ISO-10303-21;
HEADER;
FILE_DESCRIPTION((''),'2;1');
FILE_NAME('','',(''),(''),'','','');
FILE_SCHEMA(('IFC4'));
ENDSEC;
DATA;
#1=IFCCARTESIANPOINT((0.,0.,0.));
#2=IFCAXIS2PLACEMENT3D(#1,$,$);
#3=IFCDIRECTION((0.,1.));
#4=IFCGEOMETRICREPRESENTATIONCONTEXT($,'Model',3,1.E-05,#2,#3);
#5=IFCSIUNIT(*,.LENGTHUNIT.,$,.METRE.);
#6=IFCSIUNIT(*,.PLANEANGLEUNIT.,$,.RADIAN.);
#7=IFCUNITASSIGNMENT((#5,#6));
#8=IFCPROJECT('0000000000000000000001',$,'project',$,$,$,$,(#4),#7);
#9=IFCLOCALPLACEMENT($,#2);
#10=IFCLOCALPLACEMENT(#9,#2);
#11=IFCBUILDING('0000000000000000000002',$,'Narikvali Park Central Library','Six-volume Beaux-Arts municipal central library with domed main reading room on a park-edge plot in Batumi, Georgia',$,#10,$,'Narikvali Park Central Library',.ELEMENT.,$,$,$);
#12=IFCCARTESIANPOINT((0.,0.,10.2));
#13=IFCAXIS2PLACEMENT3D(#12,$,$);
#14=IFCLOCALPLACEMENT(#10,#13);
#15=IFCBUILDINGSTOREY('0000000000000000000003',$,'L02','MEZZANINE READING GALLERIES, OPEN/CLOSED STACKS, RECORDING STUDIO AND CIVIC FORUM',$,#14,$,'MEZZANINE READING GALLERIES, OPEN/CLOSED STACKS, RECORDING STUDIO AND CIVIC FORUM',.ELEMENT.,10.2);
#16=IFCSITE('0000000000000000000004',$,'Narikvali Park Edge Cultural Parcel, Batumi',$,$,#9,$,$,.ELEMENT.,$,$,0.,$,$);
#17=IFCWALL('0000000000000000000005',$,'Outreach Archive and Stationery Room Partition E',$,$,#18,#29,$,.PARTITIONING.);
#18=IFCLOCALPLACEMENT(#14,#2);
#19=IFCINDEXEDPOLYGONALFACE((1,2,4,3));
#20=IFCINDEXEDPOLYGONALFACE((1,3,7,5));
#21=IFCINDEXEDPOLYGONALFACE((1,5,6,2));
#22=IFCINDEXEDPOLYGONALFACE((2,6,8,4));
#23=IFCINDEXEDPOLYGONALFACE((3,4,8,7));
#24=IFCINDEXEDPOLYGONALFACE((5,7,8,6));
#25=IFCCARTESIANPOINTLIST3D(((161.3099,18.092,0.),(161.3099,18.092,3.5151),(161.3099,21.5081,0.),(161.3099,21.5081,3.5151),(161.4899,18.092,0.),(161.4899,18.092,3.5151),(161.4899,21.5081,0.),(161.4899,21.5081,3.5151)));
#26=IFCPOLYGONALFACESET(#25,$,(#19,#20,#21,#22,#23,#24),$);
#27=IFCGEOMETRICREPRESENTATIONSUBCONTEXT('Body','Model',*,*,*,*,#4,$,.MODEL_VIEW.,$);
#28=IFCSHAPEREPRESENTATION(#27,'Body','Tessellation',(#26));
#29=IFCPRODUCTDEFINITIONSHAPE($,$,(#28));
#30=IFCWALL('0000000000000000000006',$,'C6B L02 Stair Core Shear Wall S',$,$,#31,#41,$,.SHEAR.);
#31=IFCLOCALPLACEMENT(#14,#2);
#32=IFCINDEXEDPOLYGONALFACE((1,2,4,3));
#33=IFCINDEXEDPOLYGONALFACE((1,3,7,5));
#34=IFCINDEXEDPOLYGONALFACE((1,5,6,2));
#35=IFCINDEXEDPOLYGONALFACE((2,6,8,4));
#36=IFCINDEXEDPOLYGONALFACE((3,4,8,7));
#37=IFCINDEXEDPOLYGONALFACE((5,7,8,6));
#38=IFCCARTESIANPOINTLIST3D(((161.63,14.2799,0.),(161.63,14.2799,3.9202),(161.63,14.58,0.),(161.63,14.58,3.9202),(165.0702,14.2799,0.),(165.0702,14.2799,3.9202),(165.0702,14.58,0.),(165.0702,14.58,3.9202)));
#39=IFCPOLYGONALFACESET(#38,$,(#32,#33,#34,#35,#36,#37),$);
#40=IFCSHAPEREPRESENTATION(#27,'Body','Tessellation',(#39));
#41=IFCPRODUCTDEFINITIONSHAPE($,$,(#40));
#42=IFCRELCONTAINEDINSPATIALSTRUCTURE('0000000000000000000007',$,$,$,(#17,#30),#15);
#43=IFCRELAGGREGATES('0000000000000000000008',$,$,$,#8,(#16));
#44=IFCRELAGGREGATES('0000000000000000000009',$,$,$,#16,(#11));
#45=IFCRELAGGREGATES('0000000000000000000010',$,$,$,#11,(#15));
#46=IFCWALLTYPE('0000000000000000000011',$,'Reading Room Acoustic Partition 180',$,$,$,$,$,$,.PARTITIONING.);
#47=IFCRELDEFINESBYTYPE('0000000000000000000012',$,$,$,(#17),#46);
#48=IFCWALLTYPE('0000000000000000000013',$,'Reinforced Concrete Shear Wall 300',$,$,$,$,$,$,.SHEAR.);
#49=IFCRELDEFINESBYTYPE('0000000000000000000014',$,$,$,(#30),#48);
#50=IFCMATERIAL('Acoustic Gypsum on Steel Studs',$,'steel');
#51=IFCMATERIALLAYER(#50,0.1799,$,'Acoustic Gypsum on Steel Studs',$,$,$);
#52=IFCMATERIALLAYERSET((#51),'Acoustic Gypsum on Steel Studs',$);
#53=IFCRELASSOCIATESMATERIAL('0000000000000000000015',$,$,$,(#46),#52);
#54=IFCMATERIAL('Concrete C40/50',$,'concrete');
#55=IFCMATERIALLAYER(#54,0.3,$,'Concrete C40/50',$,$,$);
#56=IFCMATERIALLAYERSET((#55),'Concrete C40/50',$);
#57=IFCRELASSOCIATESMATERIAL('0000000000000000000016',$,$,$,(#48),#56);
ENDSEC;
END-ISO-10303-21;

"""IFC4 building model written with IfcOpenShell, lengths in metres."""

from ifc_helpers import new_model, si_unit, direction, frame, frame_2d, origin, place, context, subcontext, project, spatial, rectangle, extrude, material, layer, layer_set, type_object, element, save


model = new_model("IFC4")

# Units and contexts
model_context = context("Model", 3, precision=1e-05, world=origin(), true_north=direction((0.0, 1.0)))
body_context = subcontext(model_context, "Body", "Model", "MODEL_VIEW")
ifc_project = project(units=[si_unit("LENGTHUNIT", "METRE"), si_unit("PLANEANGLEUNIT", "RADIAN")], contexts=[model_context])

# Site, building, storey
site_placement = place(None, origin())
site = spatial("IfcSite", under=ifc_project, at=site_placement, Name="Narikvali Park Edge Cultural Parcel, Batumi", CompositionType="ELEMENT", RefElevation=0.0)
building_placement = place(site_placement, origin())
building = spatial("IfcBuilding", under=site, at=building_placement, Name="Narikvali Park Central Library", Description="Six-volume Beaux-Arts municipal central library with domed main reading room on a park-edge plot in Batumi, Georgia", LongName="Narikvali Park Central Library", CompositionType="ELEMENT")
storey_placement = place(building_placement, frame((0.0, 0.0, 10.2)))
storey = spatial("IfcBuildingStorey", under=building, at=storey_placement, Name="L02", Description="MEZZANINE READING GALLERIES, OPEN/CLOSED STACKS, RECORDING STUDIO AND CIVIC FORUM", LongName="MEZZANINE READING GALLERIES, OPEN/CLOSED STACKS, RECORDING STUDIO AND CIVIC FORUM", CompositionType="ELEMENT", Elevation=10.2)

# Walls
ifc_material_1 = material(Name="Acoustic Gypsum on Steel Studs", Category="steel")
ifc_layer_1 = layer(ifc_material_1, 0.1799, Name="Acoustic Gypsum on Steel Studs")
ifc_layer_set_1 = layer_set([ifc_layer_1], Name="Acoustic Gypsum on Steel Studs")
wall_type_1 = type_object("IfcWallType", Name="Reading Room Acoustic Partition 180", PredefinedType="PARTITIONING", material=ifc_layer_set_1)
wall_1_placement = place(storey_placement, frame((161.3999, 18.092, 0.0), z_axis=(0.0, 0.0, 1.0), x_axis=(0.0, 1.0, 0.0)))
element("IfcWall", 1, at=wall_1_placement, inside=storey, type_object=wall_type_1, Name="Outreach Archive and Stationery Room Partition E", PredefinedType="PARTITIONING", context=body_context, shape_type="SweptSolid", body=[
    extrude(rectangle(XDim=3.416, YDim=0.1799, at=frame_2d((1.708, 0.0))), origin(), (0.0, 0.0, 1.0), 3.5151),
])
ifc_material_2 = material(Name="Concrete C40/50", Category="concrete")
ifc_layer_2 = layer(ifc_material_2, 0.3, Name="Concrete C40/50")
ifc_layer_set_2 = layer_set([ifc_layer_2], Name="Concrete C40/50")
wall_type_2 = type_object("IfcWallType", Name="Reinforced Concrete Shear Wall 300", PredefinedType="SHEAR", material=ifc_layer_set_2)
wall_2_placement = place(storey_placement, frame((161.6299, 14.4299, 0.0), z_axis=(0.0, 0.0, 1.0), x_axis=(1.0, 0.0, 0.0)))
element("IfcWall", 2, at=wall_2_placement, inside=storey, type_object=wall_type_2, Name="C6B L02 Stair Core Shear Wall S", PredefinedType="SHEAR", context=body_context, shape_type="SweptSolid", body=[
    extrude(rectangle(XDim=3.4402, YDim=0.3, at=frame_2d((1.7202, 0.0))), origin(), (0.0, 0.0, 1.0), 3.9202),
])

save(model, "model.ifc")
